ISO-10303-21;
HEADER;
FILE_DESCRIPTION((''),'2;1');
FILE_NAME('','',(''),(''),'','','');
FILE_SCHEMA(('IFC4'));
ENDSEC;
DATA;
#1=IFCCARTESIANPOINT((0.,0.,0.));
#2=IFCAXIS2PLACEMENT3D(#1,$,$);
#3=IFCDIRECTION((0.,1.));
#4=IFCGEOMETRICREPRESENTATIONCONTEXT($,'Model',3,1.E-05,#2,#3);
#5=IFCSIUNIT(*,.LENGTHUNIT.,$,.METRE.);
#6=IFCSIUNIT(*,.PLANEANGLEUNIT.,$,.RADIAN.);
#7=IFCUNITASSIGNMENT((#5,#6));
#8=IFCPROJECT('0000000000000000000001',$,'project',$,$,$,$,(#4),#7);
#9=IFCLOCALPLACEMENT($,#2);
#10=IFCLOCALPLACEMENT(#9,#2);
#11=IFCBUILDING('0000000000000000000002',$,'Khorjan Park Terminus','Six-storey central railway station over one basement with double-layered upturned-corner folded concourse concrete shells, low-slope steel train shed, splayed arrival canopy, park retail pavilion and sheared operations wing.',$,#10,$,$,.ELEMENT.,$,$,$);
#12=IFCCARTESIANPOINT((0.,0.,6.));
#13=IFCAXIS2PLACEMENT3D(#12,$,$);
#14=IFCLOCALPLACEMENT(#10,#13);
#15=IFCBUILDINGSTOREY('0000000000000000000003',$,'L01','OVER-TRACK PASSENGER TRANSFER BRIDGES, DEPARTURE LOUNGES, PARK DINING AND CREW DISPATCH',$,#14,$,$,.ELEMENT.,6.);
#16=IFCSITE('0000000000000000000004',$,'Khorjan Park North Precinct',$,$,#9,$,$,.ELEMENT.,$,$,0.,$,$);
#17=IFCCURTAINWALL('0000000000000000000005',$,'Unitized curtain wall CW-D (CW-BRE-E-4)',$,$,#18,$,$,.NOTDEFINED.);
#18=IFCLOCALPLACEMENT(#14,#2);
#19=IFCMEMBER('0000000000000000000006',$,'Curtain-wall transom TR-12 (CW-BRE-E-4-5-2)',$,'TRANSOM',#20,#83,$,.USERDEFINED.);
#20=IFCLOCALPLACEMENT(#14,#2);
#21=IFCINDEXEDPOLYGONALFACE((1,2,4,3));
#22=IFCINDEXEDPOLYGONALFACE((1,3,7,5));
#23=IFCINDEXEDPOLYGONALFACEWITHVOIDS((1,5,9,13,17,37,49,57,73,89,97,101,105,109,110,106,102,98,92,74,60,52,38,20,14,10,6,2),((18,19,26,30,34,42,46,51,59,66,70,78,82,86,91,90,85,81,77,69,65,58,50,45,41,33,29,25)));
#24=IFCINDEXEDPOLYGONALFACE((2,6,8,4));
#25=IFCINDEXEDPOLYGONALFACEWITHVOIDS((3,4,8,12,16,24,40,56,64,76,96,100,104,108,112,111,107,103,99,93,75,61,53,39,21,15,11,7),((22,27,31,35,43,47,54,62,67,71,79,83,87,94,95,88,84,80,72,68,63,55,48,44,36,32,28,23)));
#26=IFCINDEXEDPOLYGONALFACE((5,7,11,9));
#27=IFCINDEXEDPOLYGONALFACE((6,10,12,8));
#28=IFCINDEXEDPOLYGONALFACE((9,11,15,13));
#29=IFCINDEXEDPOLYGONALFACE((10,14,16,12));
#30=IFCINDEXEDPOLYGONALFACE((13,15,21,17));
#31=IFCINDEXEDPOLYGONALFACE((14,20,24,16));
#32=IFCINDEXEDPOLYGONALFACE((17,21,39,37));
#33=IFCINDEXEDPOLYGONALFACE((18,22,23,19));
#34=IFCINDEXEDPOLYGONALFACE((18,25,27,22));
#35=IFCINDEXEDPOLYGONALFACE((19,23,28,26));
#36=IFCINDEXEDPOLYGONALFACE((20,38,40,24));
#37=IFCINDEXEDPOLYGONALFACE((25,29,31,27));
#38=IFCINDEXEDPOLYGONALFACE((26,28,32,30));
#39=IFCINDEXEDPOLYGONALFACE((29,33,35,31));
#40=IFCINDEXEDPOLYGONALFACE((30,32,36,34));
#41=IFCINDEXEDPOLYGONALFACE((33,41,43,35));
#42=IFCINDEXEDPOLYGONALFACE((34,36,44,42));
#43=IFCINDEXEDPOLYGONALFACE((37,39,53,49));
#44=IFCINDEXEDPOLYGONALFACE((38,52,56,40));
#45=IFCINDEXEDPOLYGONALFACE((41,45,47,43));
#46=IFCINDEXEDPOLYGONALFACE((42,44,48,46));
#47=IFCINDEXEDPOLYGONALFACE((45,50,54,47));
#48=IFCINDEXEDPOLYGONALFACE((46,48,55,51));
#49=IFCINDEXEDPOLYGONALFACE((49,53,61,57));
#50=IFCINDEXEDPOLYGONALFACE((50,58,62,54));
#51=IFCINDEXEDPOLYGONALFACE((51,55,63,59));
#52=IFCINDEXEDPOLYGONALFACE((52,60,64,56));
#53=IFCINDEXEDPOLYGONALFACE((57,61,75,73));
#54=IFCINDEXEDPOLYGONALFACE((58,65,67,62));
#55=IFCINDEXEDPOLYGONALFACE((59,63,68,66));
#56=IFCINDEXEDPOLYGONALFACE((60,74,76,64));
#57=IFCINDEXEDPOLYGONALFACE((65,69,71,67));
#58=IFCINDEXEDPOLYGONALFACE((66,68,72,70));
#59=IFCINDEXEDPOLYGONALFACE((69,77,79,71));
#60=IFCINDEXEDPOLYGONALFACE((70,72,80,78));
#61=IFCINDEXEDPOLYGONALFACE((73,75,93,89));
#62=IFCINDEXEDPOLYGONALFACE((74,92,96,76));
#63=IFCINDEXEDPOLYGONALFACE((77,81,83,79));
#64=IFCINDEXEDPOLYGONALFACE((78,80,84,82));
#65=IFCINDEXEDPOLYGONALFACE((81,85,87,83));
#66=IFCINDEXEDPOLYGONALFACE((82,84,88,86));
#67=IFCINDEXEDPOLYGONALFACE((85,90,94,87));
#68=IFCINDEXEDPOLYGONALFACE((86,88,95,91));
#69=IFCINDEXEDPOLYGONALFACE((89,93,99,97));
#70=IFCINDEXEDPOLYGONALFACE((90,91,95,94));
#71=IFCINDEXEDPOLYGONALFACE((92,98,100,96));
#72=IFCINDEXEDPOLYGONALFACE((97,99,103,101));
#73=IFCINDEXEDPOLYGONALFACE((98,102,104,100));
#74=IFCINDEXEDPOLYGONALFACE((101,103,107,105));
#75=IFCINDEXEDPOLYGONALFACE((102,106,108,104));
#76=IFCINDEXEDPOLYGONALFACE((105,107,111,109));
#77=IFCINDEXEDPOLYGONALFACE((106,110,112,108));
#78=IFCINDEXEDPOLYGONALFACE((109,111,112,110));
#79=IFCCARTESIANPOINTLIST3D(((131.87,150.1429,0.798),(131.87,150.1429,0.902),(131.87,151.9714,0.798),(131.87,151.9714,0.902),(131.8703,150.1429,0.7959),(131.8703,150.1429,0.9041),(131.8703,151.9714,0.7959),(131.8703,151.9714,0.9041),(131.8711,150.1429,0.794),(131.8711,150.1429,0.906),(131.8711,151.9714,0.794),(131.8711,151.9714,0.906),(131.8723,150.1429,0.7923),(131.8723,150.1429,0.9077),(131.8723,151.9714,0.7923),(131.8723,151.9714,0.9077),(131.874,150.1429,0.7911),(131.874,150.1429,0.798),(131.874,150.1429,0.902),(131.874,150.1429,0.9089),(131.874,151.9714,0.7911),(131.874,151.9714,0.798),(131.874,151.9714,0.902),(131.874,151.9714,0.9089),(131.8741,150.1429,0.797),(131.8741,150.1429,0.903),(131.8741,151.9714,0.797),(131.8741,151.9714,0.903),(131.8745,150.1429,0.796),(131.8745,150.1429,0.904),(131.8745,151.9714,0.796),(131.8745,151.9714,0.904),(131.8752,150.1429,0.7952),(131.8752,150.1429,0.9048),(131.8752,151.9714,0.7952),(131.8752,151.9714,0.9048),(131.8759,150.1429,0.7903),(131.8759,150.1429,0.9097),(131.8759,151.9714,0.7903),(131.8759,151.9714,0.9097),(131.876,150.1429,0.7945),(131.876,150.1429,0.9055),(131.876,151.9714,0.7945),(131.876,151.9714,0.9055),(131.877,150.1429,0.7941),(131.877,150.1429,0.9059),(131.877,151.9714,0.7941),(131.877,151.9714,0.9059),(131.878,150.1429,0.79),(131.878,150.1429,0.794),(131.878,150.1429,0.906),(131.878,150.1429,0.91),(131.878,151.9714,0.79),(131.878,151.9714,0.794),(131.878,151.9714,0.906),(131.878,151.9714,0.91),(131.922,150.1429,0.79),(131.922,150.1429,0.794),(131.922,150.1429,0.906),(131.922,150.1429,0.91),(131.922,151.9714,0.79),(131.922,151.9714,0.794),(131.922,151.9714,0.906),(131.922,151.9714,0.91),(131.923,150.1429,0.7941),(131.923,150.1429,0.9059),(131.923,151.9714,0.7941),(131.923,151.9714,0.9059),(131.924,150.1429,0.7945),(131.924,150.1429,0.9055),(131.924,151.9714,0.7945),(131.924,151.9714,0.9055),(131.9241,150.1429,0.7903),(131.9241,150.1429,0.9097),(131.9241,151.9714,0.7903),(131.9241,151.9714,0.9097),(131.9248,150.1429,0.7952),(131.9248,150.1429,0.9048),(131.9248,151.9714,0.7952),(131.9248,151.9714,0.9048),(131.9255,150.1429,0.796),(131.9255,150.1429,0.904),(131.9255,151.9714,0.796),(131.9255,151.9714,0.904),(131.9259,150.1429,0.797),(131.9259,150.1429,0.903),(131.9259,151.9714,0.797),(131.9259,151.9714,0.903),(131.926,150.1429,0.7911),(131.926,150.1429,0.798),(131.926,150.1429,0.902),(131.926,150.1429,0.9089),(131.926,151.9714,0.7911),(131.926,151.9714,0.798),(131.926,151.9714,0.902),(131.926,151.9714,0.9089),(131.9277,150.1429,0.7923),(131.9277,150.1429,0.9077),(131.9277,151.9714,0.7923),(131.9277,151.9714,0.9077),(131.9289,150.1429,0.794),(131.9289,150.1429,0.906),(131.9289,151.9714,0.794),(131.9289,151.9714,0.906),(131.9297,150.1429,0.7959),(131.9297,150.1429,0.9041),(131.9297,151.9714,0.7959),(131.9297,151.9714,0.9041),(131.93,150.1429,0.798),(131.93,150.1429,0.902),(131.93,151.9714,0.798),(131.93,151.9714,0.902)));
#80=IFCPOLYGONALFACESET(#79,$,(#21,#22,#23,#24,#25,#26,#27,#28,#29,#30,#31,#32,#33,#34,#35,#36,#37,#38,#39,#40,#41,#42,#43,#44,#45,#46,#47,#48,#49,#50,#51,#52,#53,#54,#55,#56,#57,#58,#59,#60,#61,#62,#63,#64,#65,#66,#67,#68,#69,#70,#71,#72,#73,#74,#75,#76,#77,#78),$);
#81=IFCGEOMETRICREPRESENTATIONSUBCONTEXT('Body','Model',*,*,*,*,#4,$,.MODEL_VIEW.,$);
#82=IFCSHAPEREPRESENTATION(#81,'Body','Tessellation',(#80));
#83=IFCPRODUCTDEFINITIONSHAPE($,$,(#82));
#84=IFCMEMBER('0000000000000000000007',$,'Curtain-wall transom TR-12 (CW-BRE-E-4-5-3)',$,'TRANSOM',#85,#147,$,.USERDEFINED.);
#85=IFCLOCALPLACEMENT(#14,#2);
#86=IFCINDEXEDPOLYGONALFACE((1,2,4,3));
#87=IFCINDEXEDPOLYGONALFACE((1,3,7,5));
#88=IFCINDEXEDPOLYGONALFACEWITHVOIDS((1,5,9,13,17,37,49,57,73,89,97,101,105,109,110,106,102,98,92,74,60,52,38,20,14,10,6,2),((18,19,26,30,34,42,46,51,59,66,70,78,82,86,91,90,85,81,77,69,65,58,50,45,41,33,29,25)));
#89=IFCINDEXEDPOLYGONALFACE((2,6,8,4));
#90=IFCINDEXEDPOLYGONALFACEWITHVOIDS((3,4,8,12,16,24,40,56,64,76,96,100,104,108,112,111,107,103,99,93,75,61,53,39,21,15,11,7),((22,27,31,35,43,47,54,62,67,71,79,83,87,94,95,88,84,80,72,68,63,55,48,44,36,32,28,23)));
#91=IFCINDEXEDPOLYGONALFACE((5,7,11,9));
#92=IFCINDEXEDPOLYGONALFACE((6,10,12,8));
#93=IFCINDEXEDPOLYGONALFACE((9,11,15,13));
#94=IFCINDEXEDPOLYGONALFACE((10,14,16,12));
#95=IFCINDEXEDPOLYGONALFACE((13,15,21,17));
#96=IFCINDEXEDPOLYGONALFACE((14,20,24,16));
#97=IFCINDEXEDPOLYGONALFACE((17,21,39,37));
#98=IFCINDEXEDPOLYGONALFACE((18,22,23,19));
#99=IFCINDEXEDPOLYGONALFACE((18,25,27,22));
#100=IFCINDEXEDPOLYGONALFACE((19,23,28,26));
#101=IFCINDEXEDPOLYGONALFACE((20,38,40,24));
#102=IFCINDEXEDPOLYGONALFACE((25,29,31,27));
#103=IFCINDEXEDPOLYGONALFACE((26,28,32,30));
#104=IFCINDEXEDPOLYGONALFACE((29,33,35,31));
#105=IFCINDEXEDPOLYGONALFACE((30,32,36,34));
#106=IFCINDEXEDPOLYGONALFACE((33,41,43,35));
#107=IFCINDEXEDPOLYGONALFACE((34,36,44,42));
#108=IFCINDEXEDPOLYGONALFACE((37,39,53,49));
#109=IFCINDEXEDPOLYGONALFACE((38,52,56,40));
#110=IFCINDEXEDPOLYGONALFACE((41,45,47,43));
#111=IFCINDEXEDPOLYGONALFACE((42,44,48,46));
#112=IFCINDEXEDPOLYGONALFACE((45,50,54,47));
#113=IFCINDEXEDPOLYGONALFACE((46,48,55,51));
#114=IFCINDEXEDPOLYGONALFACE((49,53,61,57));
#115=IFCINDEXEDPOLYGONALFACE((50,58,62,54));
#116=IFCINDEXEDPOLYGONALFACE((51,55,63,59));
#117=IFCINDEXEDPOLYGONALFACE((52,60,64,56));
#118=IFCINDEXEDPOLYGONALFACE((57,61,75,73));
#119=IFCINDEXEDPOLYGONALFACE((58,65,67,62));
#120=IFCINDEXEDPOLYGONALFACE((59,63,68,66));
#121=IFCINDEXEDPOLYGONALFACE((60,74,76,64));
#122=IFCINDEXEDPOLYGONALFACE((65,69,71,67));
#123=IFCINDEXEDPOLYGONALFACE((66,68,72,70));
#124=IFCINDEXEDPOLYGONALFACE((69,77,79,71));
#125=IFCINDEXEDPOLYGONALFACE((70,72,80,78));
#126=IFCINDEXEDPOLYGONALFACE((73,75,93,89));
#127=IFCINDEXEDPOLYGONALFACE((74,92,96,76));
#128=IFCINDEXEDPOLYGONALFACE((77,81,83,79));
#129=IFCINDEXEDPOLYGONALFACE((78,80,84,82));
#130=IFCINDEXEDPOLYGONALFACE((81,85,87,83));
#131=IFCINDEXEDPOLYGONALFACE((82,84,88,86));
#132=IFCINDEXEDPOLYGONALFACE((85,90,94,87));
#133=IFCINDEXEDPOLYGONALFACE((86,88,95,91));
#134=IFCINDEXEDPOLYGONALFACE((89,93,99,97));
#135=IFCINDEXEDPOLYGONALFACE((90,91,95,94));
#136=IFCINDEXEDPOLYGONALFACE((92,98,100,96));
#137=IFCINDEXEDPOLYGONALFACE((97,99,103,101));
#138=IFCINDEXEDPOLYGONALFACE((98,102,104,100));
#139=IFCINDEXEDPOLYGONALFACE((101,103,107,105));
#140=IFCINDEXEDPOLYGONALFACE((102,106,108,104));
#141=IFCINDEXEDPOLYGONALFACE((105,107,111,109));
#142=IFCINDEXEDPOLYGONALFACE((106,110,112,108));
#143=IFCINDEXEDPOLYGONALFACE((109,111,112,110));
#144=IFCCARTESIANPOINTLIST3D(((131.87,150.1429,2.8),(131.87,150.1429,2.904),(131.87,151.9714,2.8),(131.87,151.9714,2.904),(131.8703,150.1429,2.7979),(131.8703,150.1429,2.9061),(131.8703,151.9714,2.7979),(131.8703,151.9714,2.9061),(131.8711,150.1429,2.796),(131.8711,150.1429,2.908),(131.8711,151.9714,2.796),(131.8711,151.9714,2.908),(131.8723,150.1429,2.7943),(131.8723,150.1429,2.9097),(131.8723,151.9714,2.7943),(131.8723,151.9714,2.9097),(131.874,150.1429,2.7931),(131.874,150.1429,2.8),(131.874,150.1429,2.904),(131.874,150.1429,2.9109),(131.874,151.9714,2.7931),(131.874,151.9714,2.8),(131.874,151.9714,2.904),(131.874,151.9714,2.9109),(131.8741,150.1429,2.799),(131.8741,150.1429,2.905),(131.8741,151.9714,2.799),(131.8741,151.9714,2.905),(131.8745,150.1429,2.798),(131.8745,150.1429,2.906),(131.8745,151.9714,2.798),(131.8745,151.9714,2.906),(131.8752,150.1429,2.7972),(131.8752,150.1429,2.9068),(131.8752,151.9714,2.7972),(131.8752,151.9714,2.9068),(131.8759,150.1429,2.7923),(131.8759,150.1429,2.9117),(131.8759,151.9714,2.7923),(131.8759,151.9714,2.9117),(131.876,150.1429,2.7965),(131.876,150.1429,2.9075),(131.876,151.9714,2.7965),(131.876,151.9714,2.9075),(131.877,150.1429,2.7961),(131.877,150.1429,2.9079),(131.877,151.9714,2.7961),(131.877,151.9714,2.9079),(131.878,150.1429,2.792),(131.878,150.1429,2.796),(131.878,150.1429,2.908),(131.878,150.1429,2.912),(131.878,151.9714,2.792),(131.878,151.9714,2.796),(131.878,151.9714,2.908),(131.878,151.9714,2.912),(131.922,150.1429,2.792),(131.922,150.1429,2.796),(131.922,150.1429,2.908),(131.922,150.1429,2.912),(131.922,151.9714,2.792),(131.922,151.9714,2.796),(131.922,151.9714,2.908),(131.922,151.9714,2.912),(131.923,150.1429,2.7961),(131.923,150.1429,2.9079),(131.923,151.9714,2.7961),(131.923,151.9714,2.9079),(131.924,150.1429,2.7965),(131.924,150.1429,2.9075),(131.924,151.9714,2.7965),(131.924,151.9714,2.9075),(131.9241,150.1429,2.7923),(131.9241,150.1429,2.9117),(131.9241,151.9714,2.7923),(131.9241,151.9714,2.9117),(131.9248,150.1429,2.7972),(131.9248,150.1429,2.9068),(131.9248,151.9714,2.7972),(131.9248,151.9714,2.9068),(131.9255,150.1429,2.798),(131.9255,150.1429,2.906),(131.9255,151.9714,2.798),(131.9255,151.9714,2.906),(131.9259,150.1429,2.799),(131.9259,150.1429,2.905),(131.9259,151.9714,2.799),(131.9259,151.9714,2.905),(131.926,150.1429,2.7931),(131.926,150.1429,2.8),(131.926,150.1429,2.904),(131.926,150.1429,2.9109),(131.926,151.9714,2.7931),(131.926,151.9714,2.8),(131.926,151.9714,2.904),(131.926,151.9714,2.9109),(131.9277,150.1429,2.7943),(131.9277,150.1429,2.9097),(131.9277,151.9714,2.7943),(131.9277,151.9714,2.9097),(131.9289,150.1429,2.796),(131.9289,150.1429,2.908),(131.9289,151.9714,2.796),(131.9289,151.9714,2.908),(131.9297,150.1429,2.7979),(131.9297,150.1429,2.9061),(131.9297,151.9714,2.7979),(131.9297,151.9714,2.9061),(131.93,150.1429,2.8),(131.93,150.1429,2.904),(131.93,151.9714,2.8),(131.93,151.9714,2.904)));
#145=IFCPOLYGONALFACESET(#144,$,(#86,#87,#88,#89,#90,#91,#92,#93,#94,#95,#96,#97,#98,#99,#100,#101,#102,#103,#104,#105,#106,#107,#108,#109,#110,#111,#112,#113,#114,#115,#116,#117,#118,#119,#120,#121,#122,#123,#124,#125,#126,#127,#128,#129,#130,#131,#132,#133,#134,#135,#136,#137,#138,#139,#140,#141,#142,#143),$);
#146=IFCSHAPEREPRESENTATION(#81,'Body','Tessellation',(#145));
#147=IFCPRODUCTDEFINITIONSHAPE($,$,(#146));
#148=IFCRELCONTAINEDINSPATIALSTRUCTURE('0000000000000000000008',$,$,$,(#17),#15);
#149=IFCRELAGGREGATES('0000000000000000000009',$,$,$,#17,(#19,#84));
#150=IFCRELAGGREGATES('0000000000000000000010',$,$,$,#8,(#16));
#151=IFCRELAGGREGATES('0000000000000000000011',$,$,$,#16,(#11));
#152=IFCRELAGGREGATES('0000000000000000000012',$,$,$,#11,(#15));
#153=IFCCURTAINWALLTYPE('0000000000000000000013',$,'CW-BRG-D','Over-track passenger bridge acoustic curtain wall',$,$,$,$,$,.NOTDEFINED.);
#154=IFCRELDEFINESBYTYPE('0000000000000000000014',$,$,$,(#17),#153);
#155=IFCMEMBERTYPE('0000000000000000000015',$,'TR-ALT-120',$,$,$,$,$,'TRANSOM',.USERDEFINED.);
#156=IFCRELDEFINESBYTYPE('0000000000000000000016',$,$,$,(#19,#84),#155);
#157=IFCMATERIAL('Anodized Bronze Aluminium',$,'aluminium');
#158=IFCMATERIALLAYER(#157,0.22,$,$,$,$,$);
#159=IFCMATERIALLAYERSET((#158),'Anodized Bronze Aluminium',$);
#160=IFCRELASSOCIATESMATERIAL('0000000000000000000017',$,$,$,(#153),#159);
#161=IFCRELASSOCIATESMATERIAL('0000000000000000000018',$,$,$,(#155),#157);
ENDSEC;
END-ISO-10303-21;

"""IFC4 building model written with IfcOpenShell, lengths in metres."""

from ifc_helpers import new_model, si_unit, direction, frame, origin, origin_2d, place, context, subcontext, project, spatial, hollow_rectangle, extrude, material, layer, layer_set, material_profile, profile_set, type_object, element, aggregate, save


model = new_model("IFC4")

# Units and contexts
model_context = context("Model", 3, precision=1e-05, world=origin(), true_north=direction((0.0, 1.0)))
body_context = subcontext(model_context, "Body", "Model", "MODEL_VIEW")
ifc_project = project(units=[si_unit("LENGTHUNIT", "METRE"), si_unit("PLANEANGLEUNIT", "RADIAN")], contexts=[model_context])

# Site, building, storey
site_placement = place(None, origin())
site = spatial("IfcSite", under=ifc_project, at=site_placement, Name="Khorjan Park North Precinct", CompositionType="ELEMENT", RefElevation=0.0)
building_placement = place(site_placement, origin())
building = spatial("IfcBuilding", under=site, at=building_placement, Name="Khorjan Park Terminus", Description="Six-storey central railway station over one basement with double-layered upturned-corner folded concourse concrete shells, low-slope steel train shed, splayed arrival canopy, park retail pavilion and sheared operations wing.", CompositionType="ELEMENT")
storey_placement = place(building_placement, frame((0.0, 0.0, 6.0)))
storey = spatial("IfcBuildingStorey", under=building, at=storey_placement, Name="L01", Description="OVER-TRACK PASSENGER TRANSFER BRIDGES, DEPARTURE LOUNGES, PARK DINING AND CREW DISPATCH", CompositionType="ELEMENT", Elevation=6.0)

# Curtain wall, members
ifc_material_1 = material(Name="Anodized Bronze Aluminium", Category="aluminium")
ifc_layer_1 = layer(ifc_material_1, 0.22)
ifc_layer_set_1 = layer_set([ifc_layer_1], Name="Anodized Bronze Aluminium")
curtain_wall_type = type_object("IfcCurtainWallType", Name="CW-BRG-D", Description="Over-track passenger bridge acoustic curtain wall", PredefinedType="NOTDEFINED", material=ifc_layer_set_1)
curtain_wall_placement = place(storey_placement, origin())
curtain_wall = element("IfcCurtainWall", 1, at=curtain_wall_placement, inside=storey, type_object=curtain_wall_type, Name="Unitized curtain wall CW-D (CW-BRE-E-4)", PredefinedType="NOTDEFINED")
ifc_material_profile_1 = material_profile(ifc_material_1, hollow_rectangle(XDim=0.06, YDim=0.12, WallThickness=0.004, InnerFilletRadius=0.004, OuterFilletRadius=0.008, at=origin_2d()), Name="ALT 60x120x4")
ifc_profile_set_1 = profile_set([ifc_material_profile_1], Name="Anodized Bronze Aluminium")
member_type_1 = type_object("IfcMemberType", Name="TR-ALT-120", ElementType="TRANSOM", PredefinedType="USERDEFINED", material=ifc_profile_set_1)
member_1_placement = place(storey_placement, frame((131.9, 150.1429, 0.85), z_axis=(0.0, 1.0, 0.0), x_axis=(-1.0, 0.0, 0.0)))
member_1 = element("IfcMember", 2, at=member_1_placement, type_object=member_type_1, Name="Curtain-wall transom TR-12 (CW-BRE-E-4-5-2)", ObjectType="TRANSOM", PredefinedType="USERDEFINED", context=body_context, shape_type="SweptSolid", body=[
    extrude(hollow_rectangle(XDim=0.06, YDim=0.12, WallThickness=0.004, InnerFilletRadius=0.004, OuterFilletRadius=0.008, at=origin_2d()), origin(), (0.0, 0.0, 1.0), 1.8285),
])
member_2_placement = place(storey_placement, frame((131.9, 150.1429, 2.852), z_axis=(0.0, 1.0, 0.0), x_axis=(-1.0, 0.0, 0.0)))
member_2 = element("IfcMember", 3, at=member_2_placement, type_object=member_type_1, Name="Curtain-wall transom TR-12 (CW-BRE-E-4-5-3)", ObjectType="TRANSOM", PredefinedType="USERDEFINED", context=body_context, shape_type="SweptSolid", body=[
    extrude(hollow_rectangle(XDim=0.06, YDim=0.12, WallThickness=0.004, InnerFilletRadius=0.004, OuterFilletRadius=0.008, at=origin_2d()), origin(), (0.0, 0.0, 1.0), 1.8285),
])
aggregate(curtain_wall, [member_1, member_2])

save(model, "model.ifc")
